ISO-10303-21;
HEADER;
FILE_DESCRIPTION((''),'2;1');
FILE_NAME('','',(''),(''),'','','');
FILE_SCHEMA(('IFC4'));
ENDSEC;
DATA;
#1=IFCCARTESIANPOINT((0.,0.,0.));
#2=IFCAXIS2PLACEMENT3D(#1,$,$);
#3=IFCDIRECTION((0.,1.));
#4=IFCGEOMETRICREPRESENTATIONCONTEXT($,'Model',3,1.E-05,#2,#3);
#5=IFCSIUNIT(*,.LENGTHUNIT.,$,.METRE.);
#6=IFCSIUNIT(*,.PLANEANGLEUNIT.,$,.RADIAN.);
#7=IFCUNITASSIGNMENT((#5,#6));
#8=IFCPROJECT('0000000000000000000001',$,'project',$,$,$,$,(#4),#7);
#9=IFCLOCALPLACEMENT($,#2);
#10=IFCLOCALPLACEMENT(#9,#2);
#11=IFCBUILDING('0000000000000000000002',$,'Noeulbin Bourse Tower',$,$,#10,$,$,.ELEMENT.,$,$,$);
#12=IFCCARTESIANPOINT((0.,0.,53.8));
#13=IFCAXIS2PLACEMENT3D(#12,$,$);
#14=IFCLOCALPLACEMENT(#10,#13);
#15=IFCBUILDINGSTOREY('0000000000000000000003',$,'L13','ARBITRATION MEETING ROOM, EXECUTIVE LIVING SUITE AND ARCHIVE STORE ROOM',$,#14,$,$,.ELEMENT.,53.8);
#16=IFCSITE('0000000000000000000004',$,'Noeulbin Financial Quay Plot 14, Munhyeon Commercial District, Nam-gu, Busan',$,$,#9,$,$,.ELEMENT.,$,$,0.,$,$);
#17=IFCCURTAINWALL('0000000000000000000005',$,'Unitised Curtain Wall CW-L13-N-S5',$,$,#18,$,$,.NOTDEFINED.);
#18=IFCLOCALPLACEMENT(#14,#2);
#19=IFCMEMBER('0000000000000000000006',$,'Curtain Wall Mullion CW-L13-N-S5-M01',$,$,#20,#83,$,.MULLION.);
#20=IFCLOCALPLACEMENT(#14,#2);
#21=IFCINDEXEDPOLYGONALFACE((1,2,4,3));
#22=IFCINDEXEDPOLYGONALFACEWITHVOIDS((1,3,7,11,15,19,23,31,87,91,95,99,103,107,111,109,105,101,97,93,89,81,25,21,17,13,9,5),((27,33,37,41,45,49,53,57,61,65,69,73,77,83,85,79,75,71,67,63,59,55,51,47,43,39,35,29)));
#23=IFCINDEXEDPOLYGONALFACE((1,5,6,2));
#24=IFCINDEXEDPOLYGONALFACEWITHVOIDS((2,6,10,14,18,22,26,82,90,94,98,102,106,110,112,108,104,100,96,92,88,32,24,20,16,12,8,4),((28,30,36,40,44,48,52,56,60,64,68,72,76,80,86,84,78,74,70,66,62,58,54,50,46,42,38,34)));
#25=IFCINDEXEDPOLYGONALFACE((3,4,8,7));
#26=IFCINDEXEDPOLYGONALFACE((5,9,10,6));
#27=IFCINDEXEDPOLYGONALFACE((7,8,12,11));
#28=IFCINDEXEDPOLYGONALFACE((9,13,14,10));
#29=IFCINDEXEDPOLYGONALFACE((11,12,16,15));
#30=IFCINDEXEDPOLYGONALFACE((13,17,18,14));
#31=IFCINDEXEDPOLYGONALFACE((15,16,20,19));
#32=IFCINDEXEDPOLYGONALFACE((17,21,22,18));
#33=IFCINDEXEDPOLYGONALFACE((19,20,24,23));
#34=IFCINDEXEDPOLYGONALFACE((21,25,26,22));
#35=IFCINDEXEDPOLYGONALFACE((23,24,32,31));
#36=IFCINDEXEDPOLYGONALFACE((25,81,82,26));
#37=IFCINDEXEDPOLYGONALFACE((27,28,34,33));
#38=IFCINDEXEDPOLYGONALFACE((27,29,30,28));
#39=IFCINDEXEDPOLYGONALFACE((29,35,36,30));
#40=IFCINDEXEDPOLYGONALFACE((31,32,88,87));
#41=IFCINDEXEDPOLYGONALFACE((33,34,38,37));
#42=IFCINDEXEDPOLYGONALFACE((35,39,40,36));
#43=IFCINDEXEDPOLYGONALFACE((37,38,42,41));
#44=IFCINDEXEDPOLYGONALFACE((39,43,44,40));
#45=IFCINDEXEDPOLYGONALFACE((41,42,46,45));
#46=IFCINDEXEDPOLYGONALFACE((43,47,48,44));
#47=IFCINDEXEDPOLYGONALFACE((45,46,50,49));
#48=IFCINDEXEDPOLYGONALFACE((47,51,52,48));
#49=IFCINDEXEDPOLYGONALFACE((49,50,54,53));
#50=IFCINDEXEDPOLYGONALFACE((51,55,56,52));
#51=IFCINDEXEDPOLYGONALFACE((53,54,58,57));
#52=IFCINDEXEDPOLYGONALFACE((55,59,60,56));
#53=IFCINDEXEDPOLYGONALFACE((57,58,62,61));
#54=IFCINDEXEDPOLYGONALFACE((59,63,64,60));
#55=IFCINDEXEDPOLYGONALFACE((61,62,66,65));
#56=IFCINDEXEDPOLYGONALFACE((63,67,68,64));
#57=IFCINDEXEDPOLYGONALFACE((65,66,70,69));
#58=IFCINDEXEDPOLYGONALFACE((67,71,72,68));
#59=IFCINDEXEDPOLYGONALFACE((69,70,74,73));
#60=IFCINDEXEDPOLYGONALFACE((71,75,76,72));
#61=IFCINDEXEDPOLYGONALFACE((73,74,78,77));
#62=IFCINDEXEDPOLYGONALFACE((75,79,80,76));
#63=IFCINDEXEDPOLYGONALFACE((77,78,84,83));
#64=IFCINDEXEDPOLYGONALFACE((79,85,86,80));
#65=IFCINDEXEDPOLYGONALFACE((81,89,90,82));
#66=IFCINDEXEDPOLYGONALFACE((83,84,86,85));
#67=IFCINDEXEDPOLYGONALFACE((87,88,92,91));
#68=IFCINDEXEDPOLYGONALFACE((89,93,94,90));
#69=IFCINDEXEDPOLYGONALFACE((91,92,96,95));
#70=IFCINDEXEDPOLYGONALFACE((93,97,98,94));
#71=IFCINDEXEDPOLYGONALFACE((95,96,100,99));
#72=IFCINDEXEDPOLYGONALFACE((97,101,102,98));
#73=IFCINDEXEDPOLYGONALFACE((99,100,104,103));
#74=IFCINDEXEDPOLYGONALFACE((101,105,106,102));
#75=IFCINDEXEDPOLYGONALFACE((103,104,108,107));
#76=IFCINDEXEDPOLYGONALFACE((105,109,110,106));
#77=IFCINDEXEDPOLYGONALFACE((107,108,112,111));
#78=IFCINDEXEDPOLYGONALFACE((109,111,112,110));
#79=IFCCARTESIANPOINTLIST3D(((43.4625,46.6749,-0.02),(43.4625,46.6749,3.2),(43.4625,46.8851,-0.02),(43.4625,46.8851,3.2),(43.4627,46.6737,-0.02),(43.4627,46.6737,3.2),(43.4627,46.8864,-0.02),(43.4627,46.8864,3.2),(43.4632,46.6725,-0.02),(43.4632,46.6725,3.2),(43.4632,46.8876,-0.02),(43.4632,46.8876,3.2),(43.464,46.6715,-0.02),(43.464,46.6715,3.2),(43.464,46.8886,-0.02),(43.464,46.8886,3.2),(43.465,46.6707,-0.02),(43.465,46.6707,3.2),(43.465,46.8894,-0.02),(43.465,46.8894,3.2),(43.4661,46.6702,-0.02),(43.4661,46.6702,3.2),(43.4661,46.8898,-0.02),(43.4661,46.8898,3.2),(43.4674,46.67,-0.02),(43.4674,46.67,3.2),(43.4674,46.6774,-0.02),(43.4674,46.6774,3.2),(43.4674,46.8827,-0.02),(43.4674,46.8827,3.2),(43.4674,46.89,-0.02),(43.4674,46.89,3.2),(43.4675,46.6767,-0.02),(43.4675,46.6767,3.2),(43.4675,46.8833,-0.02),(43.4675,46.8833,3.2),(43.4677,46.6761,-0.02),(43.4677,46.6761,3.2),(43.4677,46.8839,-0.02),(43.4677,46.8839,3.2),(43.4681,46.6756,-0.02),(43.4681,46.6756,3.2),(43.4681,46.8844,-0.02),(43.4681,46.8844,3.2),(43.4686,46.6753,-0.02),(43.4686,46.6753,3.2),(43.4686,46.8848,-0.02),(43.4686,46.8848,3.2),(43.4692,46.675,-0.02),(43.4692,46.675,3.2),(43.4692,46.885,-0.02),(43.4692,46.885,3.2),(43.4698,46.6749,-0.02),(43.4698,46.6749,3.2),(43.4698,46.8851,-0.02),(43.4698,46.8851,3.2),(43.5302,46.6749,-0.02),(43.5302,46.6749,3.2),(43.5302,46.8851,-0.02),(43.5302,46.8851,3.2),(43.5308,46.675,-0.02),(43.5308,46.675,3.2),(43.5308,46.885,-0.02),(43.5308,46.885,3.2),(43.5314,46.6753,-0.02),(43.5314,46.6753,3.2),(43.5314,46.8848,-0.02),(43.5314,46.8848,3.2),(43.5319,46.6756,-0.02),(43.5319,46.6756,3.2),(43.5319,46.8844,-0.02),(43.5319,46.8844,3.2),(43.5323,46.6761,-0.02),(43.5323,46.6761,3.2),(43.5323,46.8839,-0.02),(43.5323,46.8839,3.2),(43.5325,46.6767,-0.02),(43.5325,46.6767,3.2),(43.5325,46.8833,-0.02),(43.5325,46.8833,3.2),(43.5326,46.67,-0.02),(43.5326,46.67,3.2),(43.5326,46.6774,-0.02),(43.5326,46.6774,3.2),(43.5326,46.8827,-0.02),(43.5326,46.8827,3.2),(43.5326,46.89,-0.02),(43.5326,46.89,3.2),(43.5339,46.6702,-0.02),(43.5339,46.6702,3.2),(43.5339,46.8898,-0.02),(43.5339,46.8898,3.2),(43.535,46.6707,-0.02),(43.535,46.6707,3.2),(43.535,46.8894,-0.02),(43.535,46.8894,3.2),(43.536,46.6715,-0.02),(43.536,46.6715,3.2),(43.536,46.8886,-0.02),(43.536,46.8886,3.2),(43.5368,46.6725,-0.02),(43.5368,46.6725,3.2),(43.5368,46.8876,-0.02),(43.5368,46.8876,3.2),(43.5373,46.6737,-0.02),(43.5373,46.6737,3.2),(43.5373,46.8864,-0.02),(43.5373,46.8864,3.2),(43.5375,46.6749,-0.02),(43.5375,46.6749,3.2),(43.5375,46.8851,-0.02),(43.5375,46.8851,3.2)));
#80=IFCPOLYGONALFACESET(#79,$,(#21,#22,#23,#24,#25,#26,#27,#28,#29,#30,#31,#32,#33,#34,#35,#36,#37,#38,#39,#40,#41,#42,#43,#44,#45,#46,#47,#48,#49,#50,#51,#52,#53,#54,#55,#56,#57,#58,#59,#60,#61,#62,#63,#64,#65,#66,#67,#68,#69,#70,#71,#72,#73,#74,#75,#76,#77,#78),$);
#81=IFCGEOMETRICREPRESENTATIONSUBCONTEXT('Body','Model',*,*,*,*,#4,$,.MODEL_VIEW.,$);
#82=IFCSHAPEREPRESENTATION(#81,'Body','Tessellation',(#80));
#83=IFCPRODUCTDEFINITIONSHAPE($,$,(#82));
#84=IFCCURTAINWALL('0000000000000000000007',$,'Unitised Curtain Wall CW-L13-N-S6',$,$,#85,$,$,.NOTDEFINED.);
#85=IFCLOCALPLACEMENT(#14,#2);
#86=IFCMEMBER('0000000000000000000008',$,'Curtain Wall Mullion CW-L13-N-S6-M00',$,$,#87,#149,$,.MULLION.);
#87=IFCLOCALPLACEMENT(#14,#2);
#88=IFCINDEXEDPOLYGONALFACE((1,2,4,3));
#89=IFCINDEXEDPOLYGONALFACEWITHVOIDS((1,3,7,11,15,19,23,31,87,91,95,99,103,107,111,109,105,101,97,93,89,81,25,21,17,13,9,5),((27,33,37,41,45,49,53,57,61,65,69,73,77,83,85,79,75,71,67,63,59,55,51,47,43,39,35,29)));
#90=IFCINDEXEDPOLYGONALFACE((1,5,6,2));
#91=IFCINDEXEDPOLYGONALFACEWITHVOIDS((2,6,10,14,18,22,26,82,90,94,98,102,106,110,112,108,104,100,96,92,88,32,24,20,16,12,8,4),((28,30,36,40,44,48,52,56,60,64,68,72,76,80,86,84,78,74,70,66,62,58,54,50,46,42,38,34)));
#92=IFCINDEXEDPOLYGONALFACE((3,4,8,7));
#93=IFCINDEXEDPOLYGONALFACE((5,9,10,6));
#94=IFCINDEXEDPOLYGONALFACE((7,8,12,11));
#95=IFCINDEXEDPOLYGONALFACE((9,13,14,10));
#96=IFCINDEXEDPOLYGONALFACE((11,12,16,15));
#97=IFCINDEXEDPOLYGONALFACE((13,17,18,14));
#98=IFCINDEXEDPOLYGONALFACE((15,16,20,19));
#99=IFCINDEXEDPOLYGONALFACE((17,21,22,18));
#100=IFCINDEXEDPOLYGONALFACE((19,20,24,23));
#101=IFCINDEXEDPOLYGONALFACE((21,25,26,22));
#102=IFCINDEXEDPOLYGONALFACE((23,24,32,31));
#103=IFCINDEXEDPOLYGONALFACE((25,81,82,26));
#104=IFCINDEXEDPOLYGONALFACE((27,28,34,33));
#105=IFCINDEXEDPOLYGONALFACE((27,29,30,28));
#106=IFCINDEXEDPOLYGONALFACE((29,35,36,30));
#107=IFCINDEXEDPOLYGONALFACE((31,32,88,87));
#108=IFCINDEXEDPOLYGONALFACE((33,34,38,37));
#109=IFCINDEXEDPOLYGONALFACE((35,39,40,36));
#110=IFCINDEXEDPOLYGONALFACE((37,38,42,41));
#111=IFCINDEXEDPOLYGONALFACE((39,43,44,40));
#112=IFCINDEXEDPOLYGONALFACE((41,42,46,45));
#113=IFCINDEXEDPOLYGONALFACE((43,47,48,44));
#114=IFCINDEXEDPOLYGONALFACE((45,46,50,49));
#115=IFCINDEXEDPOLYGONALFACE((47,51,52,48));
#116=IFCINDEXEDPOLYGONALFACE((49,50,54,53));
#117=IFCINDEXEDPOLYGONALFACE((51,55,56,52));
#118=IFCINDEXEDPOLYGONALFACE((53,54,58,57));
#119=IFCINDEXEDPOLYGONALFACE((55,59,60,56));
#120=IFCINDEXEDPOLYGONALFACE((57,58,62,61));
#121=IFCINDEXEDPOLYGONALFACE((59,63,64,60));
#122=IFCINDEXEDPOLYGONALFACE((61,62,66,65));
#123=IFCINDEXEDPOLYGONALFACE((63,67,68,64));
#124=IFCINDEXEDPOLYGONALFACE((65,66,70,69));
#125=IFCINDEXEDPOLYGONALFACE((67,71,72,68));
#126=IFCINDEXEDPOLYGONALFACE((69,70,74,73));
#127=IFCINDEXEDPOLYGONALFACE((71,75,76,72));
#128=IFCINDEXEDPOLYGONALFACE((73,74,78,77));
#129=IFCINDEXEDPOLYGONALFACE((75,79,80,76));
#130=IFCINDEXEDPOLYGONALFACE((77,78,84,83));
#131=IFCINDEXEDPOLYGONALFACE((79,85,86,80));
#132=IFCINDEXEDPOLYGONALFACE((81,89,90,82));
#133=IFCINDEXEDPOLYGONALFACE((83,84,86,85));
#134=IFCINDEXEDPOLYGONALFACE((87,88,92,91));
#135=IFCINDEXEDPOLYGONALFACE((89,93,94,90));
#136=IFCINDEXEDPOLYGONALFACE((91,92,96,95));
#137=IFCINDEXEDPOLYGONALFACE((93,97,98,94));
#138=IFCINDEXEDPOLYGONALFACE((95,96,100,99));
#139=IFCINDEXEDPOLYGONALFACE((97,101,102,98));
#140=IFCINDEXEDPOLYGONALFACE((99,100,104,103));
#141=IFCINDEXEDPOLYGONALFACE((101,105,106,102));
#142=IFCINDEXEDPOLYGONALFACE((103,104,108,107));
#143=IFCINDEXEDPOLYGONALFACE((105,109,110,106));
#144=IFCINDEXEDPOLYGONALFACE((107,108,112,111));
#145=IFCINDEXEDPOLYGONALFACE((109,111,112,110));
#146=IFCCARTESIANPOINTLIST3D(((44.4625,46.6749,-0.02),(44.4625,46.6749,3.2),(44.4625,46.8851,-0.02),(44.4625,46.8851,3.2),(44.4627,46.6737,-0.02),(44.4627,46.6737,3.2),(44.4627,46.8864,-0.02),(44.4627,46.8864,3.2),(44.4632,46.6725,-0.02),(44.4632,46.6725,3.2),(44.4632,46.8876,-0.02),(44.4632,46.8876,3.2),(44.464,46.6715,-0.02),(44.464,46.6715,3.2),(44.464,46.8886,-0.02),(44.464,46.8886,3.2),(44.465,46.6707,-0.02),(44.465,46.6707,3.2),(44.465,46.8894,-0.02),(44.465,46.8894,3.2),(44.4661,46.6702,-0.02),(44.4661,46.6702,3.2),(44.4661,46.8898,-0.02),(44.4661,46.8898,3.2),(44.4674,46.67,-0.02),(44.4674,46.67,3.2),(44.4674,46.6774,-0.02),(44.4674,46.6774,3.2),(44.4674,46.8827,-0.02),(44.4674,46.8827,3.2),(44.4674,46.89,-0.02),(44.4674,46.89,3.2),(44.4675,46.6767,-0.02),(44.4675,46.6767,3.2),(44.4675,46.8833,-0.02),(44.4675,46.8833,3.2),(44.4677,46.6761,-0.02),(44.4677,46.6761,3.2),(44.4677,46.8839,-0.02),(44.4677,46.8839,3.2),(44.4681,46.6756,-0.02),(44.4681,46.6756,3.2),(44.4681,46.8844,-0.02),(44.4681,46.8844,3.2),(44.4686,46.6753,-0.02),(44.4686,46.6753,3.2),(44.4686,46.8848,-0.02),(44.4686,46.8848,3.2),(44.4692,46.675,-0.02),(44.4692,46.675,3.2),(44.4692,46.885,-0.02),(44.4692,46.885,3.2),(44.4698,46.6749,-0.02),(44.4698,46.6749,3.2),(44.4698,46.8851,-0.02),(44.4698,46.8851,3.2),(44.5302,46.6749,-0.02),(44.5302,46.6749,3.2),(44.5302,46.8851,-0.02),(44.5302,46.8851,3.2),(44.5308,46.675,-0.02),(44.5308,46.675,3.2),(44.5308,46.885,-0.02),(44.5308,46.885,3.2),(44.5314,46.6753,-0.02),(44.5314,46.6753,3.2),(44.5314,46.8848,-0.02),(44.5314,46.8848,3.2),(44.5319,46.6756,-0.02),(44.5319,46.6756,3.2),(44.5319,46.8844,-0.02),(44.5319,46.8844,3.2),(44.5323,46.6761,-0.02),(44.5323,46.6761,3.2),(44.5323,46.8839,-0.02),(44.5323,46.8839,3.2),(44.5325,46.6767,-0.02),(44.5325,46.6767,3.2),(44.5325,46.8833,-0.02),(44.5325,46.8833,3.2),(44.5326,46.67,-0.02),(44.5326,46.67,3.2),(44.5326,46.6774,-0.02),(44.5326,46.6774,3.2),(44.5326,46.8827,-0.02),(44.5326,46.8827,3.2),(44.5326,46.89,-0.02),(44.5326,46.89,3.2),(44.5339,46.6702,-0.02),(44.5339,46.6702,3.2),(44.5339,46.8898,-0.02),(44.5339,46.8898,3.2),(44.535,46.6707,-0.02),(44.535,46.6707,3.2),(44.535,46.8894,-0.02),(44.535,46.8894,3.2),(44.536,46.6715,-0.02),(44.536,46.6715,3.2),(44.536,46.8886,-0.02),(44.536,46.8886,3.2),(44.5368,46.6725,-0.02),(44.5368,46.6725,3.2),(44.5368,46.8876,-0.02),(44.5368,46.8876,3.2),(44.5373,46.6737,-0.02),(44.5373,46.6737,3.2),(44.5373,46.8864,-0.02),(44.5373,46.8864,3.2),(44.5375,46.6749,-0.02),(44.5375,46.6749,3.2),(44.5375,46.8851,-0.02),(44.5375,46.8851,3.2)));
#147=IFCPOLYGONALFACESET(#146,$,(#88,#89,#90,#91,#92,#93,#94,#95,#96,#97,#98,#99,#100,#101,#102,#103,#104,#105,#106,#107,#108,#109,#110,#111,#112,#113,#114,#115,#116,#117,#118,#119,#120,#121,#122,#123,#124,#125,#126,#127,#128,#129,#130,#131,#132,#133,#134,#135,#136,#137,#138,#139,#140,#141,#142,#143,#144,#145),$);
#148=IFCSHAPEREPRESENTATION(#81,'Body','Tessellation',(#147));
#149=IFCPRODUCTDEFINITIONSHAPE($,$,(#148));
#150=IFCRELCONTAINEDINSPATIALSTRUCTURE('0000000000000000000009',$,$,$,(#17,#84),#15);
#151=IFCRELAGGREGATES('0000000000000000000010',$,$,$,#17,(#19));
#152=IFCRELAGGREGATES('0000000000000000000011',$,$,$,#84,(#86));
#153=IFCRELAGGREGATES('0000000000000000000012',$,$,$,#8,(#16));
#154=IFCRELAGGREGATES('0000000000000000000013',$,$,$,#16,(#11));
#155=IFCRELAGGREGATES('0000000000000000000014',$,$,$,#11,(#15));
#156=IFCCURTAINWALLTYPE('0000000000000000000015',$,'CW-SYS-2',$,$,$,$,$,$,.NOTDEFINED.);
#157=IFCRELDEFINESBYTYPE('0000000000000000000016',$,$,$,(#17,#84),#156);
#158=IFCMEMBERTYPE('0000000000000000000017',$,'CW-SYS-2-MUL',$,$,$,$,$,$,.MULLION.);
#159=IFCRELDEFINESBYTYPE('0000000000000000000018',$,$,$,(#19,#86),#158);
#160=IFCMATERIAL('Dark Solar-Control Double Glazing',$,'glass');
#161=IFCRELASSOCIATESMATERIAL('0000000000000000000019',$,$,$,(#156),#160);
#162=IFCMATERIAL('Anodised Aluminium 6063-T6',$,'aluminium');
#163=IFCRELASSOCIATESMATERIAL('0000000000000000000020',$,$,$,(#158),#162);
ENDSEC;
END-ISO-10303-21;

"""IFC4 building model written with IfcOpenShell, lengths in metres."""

from ifc_helpers import new_model, si_unit, direction, frame, origin, origin_2d, place, context, subcontext, project, spatial, hollow_rectangle, extrude, material, material_profile, profile_set, type_object, element, aggregate, save


model = new_model("IFC4")

# Units and contexts
model_context = context("Model", 3, precision=1e-05, world=origin(), true_north=direction((0.0, 1.0)))
body_context = subcontext(model_context, "Body", "Model", "MODEL_VIEW")
ifc_project = project(units=[si_unit("LENGTHUNIT", "METRE"), si_unit("PLANEANGLEUNIT", "RADIAN")], contexts=[model_context])

# Site, building, storey
site_placement = place(None, origin())
site = spatial("IfcSite", under=ifc_project, at=site_placement, Name="Noeulbin Financial Quay Plot 14, Munhyeon Commercial District, Nam-gu, Busan", CompositionType="ELEMENT", RefElevation=0.0)
building_placement = place(site_placement, origin())
building = spatial("IfcBuilding", under=site, at=building_placement, Name="Noeulbin Bourse Tower", CompositionType="ELEMENT")
storey_placement = place(building_placement, frame((0.0, 0.0, 53.8)))
storey = spatial("IfcBuildingStorey", under=building, at=storey_placement, Name="L13", Description="ARBITRATION MEETING ROOM, EXECUTIVE LIVING SUITE AND ARCHIVE STORE ROOM", CompositionType="ELEMENT", Elevation=53.8)

# Curtain wall, member
ifc_material_1 = material(Name="Dark Solar-Control Double Glazing", Category="glass")
curtain_wall_type = type_object("IfcCurtainWallType", Name="CW-SYS-2", PredefinedType="NOTDEFINED", material=ifc_material_1)
curtain_wall_1_placement = place(storey_placement, origin())
curtain_wall_1 = element("IfcCurtainWall", 1, at=curtain_wall_1_placement, inside=storey, type_object=curtain_wall_type, Name="Unitised Curtain Wall CW-L13-N-S5", PredefinedType="NOTDEFINED")
ifc_material_2 = material(Name="Anodised Aluminium 6063-T6", Category="aluminium")
ifc_material_profile_1 = material_profile(ifc_material_2, hollow_rectangle(XDim=0.075, YDim=0.22, WallThickness=0.0049, InnerFilletRadius=0.0024, OuterFilletRadius=0.0049, at=origin_2d()), Name="ALU-MULL-75x220x5", Category="LoadBearing")
ifc_profile_set_1 = profile_set([ifc_material_profile_1], Name="Anodised Aluminium 6063-T6")
member_type_1 = type_object("IfcMemberType", Name="CW-SYS-2-MUL", PredefinedType="MULLION", material=ifc_profile_set_1)
member_1_placement = place(storey_placement, frame((43.5, 46.78, -0.02), z_axis=(0.0, 0.0, 1.0), x_axis=(1.0, 0.0, 0.0)))
member_1 = element("IfcMember", 2, at=member_1_placement, type_object=member_type_1, Name="Curtain Wall Mullion CW-L13-N-S5-M01", PredefinedType="MULLION", context=body_context, shape_type="SweptSolid", body=[
    extrude(hollow_rectangle(XDim=0.075, YDim=0.22, WallThickness=0.0049, InnerFilletRadius=0.0024, OuterFilletRadius=0.0049, at=origin_2d()), origin(), (0.0, 0.0, 1.0), 3.22),
])
aggregate(curtain_wall_1, [member_1])

# Curtain wall, member
curtain_wall_2_placement = place(storey_placement, origin())
curtain_wall_2 = element("IfcCurtainWall", 3, at=curtain_wall_2_placement, inside=storey, type_object=curtain_wall_type, Name="Unitised Curtain Wall CW-L13-N-S6", PredefinedType="NOTDEFINED")
member_2_placement = place(storey_placement, frame((44.5, 46.78, -0.02), z_axis=(0.0, 0.0, 1.0), x_axis=(1.0, 0.0, 0.0)))
member_2 = element("IfcMember", 4, at=member_2_placement, type_object=member_type_1, Name="Curtain Wall Mullion CW-L13-N-S6-M00", PredefinedType="MULLION", context=body_context, shape_type="SweptSolid", body=[
    extrude(hollow_rectangle(XDim=0.075, YDim=0.22, WallThickness=0.0049, InnerFilletRadius=0.0024, OuterFilletRadius=0.0049, at=origin_2d()), origin(), (0.0, 0.0, 1.0), 3.22),
])

aggregate(curtain_wall_2, [member_2])

save(model, "model.ifc")
